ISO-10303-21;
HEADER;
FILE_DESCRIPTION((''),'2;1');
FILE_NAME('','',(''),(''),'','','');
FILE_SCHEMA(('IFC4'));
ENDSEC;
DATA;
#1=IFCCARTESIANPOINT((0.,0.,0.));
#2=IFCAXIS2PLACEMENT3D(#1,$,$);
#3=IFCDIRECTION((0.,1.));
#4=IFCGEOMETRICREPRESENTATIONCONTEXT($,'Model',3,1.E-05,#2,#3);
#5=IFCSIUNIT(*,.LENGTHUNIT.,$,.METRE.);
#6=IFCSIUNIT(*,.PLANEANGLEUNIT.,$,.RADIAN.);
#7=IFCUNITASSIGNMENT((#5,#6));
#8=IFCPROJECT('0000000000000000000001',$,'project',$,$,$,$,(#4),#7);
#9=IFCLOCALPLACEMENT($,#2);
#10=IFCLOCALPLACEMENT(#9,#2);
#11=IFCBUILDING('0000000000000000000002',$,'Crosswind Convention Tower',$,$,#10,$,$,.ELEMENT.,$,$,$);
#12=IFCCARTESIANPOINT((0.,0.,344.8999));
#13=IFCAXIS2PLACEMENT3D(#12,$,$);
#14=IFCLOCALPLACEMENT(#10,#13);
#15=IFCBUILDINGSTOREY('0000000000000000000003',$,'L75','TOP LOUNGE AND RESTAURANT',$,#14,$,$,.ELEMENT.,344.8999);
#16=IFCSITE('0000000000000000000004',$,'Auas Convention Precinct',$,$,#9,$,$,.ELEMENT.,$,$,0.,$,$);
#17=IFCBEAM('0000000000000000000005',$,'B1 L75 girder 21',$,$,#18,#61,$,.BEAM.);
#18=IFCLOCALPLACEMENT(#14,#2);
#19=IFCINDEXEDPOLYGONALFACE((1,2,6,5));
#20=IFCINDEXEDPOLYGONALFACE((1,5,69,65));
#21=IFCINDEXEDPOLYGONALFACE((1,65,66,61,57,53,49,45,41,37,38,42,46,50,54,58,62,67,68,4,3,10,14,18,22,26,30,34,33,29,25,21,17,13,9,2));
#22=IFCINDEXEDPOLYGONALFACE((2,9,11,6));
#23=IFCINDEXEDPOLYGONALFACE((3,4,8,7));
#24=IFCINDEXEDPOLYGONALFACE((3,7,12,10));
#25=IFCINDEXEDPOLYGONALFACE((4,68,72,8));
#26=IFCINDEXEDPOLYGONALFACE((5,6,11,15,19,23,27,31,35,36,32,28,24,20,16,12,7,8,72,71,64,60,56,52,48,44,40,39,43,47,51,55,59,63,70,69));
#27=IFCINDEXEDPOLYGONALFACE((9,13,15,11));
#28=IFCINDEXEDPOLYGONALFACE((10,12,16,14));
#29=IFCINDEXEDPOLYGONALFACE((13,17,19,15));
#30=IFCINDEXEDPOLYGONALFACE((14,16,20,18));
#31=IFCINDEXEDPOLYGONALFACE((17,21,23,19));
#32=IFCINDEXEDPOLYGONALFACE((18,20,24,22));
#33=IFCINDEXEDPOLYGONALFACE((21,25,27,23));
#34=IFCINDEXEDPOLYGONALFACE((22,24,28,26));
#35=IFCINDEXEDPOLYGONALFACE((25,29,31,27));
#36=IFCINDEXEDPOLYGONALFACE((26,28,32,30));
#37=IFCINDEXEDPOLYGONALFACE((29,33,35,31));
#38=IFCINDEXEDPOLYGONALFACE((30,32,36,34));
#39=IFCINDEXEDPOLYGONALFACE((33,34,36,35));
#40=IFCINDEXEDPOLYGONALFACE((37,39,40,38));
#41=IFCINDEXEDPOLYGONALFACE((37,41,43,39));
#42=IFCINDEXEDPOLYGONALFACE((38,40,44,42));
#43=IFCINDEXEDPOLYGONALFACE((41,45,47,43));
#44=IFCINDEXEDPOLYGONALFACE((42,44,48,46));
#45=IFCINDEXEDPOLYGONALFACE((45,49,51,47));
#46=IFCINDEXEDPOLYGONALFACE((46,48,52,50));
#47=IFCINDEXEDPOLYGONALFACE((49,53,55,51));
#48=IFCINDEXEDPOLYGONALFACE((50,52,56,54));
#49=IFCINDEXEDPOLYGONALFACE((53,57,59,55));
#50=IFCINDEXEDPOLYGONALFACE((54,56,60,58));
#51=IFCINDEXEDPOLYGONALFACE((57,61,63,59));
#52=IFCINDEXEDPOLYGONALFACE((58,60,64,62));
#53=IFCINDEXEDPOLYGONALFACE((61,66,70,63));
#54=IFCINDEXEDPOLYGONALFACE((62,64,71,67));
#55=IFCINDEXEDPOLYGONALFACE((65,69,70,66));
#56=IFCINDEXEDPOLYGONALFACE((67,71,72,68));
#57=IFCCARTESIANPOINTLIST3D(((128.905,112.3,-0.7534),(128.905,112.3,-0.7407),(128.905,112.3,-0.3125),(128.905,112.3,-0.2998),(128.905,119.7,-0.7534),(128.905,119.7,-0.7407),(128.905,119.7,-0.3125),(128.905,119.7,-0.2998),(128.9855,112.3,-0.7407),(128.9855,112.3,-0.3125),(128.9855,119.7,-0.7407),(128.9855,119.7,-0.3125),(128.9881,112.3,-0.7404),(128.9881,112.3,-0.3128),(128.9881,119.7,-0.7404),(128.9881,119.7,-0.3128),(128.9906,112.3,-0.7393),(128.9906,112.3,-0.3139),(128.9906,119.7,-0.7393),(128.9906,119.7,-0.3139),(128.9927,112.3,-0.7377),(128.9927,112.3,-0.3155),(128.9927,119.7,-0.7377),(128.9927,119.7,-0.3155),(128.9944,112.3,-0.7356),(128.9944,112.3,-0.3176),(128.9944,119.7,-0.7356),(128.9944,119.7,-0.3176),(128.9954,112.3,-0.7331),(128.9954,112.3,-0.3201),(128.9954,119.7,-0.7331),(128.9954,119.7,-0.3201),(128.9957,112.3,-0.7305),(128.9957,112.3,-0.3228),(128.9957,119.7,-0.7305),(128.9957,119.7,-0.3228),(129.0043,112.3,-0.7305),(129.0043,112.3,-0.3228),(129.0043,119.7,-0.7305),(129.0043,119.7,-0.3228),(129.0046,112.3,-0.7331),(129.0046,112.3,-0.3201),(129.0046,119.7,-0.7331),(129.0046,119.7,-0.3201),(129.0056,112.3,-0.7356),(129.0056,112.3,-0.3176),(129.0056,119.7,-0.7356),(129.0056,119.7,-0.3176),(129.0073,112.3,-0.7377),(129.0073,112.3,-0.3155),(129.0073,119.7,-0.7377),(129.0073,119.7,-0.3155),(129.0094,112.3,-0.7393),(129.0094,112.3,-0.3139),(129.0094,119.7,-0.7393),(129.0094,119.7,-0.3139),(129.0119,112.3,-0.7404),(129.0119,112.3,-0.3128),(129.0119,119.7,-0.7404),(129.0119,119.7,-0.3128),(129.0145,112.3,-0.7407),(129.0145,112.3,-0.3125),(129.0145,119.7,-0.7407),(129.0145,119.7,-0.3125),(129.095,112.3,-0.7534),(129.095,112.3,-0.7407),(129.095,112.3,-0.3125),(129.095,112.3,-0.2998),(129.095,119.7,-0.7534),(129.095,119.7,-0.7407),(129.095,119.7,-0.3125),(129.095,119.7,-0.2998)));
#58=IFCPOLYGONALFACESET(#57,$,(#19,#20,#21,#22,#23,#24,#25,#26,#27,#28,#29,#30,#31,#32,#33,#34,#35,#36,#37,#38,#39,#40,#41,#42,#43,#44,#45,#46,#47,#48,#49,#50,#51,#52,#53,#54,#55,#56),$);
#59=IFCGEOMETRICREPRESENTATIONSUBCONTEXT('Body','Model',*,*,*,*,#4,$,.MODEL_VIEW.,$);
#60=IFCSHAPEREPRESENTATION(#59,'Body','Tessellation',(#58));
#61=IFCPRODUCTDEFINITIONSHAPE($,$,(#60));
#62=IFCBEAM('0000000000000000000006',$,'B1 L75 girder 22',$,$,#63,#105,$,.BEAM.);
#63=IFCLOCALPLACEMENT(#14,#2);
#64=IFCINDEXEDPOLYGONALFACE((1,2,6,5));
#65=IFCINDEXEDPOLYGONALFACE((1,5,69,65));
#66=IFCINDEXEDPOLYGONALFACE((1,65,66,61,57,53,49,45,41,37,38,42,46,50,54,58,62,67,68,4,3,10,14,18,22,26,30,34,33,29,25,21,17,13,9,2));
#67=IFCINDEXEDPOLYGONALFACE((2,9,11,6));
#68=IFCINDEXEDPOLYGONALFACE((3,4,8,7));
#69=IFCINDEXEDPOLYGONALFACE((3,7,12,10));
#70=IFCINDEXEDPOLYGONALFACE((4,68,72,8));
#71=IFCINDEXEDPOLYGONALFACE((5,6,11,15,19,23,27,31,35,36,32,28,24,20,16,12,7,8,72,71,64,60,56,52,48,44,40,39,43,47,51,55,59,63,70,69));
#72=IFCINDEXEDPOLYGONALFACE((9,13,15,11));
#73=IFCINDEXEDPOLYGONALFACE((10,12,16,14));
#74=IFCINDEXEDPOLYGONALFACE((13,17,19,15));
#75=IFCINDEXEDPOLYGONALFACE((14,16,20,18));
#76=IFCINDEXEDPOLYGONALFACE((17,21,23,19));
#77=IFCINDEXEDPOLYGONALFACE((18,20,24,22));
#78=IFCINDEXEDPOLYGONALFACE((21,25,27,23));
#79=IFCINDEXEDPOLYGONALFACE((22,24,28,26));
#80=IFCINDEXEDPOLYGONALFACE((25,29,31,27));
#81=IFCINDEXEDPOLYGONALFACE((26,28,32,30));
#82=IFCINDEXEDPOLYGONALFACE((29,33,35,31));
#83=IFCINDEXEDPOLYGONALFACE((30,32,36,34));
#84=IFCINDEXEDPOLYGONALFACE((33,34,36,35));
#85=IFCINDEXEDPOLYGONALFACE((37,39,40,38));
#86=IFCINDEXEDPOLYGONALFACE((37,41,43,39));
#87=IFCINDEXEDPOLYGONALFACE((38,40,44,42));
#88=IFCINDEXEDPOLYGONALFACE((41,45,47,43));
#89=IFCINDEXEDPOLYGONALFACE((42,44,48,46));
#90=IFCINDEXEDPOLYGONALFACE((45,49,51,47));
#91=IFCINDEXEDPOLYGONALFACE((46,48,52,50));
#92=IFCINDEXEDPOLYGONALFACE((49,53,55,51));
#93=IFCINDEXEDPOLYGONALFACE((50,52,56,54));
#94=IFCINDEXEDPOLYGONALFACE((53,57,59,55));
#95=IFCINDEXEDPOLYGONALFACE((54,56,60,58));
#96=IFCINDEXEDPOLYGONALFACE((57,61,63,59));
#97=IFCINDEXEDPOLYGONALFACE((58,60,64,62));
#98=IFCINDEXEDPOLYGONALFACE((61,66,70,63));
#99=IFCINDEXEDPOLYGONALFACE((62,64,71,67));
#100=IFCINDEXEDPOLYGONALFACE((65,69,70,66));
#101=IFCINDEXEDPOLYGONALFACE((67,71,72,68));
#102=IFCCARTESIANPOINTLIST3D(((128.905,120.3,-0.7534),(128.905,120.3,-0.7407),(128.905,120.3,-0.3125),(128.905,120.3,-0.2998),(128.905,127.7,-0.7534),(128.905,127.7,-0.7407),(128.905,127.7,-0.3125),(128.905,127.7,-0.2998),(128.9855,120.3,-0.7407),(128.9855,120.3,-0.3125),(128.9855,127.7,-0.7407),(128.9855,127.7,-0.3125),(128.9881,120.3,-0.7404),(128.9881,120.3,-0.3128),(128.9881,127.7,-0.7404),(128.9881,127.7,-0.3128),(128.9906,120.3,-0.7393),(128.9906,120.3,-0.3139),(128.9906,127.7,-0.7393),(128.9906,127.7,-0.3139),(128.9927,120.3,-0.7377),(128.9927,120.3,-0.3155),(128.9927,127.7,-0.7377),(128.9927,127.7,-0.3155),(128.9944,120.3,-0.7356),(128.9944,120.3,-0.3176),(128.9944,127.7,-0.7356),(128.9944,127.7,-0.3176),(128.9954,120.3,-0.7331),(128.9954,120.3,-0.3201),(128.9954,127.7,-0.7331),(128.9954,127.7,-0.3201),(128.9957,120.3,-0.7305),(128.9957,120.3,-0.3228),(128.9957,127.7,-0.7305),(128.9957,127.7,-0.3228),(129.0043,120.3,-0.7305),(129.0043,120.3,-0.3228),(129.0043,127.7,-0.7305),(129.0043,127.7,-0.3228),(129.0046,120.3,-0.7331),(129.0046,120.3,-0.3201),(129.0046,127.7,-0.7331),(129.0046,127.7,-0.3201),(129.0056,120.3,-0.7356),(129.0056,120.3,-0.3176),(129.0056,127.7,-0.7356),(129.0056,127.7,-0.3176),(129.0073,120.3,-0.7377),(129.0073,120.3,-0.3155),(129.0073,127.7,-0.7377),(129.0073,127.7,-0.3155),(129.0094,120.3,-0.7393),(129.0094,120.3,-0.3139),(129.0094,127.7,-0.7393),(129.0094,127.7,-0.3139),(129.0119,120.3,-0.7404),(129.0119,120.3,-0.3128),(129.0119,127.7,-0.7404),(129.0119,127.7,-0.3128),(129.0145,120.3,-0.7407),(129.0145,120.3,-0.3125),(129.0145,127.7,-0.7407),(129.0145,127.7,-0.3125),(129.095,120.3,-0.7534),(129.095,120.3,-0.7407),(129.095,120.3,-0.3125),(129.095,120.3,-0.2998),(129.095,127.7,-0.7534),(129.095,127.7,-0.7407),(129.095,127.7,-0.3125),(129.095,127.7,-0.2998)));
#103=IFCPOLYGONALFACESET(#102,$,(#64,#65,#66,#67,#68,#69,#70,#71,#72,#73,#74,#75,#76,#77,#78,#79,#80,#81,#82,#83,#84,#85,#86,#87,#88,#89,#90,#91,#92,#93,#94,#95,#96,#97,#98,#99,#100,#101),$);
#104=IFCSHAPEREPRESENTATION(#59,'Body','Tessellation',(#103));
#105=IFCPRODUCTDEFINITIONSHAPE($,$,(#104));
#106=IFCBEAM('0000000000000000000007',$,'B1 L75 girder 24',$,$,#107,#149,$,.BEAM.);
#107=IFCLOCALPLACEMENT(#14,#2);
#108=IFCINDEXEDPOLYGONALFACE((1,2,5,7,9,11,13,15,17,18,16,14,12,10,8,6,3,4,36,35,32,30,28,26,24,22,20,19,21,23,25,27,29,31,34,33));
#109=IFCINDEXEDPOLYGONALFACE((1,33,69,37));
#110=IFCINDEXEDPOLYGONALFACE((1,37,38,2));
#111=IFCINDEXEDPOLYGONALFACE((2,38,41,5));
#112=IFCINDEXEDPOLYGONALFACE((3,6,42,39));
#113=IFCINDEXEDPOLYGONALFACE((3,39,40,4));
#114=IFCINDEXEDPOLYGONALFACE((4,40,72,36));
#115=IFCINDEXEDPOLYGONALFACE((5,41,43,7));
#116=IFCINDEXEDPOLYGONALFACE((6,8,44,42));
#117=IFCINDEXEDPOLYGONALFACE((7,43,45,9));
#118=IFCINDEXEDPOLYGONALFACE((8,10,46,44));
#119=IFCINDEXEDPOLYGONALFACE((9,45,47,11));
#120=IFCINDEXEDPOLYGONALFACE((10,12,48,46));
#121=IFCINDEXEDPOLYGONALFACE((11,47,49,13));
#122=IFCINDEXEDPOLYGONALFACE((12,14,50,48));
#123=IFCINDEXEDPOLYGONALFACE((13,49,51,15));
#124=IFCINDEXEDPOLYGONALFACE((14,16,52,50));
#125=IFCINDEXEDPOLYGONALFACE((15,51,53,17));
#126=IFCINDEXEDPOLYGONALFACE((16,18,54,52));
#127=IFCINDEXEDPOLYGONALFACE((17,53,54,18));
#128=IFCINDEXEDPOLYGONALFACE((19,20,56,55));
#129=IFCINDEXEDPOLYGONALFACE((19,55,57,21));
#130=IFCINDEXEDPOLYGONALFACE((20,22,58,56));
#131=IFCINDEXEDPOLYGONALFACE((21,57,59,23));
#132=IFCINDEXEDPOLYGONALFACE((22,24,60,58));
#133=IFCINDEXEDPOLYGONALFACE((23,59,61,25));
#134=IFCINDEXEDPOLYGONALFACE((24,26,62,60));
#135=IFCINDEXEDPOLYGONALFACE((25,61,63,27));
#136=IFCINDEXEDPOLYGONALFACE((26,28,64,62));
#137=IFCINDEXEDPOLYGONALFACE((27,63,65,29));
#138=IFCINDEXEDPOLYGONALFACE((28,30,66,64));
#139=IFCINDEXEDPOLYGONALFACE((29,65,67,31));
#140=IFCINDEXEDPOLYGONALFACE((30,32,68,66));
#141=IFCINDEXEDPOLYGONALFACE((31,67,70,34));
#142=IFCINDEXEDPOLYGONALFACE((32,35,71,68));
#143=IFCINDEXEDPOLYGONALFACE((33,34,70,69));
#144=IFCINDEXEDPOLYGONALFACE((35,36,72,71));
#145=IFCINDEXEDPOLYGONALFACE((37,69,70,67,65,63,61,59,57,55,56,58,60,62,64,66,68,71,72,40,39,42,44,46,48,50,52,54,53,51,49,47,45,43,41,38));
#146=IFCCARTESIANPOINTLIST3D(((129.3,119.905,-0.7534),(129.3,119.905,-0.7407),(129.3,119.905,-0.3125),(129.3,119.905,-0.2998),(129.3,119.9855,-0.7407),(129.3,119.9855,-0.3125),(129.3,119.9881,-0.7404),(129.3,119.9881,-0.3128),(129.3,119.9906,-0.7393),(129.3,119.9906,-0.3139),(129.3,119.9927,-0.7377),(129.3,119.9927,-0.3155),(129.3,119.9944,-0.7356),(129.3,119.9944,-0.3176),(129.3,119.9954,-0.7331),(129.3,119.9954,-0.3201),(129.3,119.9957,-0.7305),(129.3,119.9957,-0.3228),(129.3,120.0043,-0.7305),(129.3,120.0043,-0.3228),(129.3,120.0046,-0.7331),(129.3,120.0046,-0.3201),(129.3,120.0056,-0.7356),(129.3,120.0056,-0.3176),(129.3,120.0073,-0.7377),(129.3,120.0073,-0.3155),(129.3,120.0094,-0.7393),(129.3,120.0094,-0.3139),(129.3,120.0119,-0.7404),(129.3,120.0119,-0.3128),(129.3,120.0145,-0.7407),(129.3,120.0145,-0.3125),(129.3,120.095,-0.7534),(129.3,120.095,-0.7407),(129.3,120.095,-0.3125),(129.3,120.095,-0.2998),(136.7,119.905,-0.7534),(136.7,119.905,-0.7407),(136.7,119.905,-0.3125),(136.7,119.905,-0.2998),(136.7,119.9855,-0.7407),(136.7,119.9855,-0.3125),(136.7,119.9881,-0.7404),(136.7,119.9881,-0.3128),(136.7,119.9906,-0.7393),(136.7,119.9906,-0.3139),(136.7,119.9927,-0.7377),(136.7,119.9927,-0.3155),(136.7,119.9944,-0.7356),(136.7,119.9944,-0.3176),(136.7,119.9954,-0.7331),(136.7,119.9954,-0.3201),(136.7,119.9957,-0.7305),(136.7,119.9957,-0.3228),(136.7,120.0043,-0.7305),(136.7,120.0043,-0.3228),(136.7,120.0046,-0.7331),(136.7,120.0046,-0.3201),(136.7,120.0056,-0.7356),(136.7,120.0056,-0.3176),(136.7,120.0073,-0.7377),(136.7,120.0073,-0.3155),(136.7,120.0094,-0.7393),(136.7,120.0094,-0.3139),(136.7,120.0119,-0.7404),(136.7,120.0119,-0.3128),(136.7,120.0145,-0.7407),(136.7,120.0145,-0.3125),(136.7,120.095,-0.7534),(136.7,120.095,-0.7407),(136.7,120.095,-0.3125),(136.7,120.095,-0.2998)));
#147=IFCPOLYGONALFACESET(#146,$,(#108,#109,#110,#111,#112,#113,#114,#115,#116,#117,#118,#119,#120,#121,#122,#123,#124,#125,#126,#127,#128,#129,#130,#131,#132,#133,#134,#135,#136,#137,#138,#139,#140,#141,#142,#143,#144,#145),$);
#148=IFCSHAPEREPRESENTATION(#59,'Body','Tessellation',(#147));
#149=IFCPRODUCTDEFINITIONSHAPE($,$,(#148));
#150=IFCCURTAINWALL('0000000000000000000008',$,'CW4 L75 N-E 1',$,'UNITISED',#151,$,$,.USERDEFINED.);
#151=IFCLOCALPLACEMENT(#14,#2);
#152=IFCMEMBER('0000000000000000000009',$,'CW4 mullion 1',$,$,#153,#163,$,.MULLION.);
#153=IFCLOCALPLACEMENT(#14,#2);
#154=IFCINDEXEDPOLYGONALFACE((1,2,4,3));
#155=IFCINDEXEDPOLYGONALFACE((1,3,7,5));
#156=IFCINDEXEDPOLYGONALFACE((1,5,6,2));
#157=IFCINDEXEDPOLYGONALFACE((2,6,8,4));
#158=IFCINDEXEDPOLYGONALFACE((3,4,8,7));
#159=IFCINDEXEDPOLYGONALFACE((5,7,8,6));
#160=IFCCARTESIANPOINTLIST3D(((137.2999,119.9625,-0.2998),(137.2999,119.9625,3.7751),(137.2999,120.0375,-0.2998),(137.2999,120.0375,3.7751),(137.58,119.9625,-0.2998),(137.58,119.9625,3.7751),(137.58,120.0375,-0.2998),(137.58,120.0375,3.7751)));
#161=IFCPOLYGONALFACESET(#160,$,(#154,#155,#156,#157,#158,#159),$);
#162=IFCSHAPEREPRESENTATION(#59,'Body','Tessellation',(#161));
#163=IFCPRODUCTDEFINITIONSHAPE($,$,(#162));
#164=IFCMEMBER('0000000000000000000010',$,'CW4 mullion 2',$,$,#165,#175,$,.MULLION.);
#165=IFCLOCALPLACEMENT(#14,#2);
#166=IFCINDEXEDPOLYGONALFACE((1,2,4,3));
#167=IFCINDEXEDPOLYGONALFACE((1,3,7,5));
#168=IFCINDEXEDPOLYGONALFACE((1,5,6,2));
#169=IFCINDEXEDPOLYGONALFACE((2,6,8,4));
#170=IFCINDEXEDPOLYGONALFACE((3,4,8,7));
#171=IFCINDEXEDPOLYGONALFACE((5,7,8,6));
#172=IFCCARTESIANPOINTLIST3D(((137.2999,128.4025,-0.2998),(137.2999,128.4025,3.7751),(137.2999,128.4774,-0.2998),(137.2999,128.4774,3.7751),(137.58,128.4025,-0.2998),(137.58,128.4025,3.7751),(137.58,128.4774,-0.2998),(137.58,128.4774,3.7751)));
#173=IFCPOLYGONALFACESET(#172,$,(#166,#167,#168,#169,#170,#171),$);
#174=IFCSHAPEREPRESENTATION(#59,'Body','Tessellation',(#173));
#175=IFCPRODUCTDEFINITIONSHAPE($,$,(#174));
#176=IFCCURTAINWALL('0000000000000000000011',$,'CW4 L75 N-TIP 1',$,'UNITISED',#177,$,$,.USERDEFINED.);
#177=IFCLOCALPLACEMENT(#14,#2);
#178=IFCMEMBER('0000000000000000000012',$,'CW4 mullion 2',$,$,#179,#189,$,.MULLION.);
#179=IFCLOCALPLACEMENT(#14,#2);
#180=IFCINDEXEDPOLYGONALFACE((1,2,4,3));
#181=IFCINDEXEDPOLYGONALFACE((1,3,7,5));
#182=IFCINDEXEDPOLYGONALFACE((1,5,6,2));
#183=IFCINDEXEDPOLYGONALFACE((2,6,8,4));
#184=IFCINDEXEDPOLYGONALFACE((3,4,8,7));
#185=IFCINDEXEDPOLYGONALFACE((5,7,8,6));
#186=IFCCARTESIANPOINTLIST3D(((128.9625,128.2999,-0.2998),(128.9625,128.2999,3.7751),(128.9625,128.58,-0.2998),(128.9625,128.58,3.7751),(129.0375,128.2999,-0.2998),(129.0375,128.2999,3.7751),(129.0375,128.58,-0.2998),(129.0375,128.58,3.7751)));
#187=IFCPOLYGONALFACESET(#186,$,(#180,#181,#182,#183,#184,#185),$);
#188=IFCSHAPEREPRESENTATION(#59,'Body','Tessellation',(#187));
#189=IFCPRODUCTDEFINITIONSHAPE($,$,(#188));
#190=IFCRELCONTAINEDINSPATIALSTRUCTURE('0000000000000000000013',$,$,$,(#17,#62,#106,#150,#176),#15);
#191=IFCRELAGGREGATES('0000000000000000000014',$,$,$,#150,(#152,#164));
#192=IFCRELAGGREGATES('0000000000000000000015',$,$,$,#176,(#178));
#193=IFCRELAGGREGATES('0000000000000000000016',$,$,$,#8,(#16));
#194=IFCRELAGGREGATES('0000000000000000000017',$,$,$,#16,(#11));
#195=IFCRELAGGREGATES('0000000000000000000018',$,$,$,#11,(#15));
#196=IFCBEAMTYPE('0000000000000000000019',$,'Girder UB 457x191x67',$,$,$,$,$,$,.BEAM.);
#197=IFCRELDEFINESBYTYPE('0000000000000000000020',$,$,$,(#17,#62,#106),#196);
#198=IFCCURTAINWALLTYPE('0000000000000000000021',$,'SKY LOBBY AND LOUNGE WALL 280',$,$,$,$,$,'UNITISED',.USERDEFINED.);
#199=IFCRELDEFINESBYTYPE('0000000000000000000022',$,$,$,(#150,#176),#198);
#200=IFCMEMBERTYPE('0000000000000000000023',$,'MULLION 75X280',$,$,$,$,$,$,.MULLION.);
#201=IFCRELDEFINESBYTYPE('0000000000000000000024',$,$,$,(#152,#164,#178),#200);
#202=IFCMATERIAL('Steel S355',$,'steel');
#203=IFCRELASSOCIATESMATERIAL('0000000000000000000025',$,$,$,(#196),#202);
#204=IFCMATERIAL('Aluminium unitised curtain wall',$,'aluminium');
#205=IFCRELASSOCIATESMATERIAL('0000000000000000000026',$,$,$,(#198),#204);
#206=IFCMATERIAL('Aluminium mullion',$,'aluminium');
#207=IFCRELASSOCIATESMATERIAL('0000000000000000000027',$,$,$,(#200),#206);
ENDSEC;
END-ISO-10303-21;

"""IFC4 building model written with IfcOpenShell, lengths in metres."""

from ifc_helpers import new_model, si_unit, direction, frame, origin, origin_2d, place, context, subcontext, project, spatial, rectangle, i_section, extrude, material, material_profile, profile_set, type_object, element, aggregate, save


model = new_model("IFC4")

# Units and contexts
model_context = context("Model", 3, precision=1e-05, world=origin(), true_north=direction((0.0, 1.0)))
body_context = subcontext(model_context, "Body", "Model", "MODEL_VIEW")
ifc_project = project(units=[si_unit("LENGTHUNIT", "METRE"), si_unit("PLANEANGLEUNIT", "RADIAN")], contexts=[model_context])

# Site, building, storey
site_placement = place(None, origin())
site = spatial("IfcSite", under=ifc_project, at=site_placement, Name="Auas Convention Precinct", CompositionType="ELEMENT", RefElevation=0.0)
building_placement = place(site_placement, origin())
building = spatial("IfcBuilding", under=site, at=building_placement, Name="Crosswind Convention Tower", CompositionType="ELEMENT")
storey_placement = place(building_placement, frame((0.0, 0.0, 344.8999)))
storey = spatial("IfcBuildingStorey", under=building, at=storey_placement, Name="L75", Description="TOP LOUNGE AND RESTAURANT", CompositionType="ELEMENT", Elevation=344.8999)

# Beams
ifc_material_1 = material(Name="Steel S355", Category="steel")
ifc_material_profile_1 = material_profile(ifc_material_1, i_section(OverallWidth=0.1899, OverallDepth=0.4536, WebThickness=0.0085, FlangeThickness=0.0127, FilletRadius=0.0103, at=origin_2d()), Name="UB 457x191x67")
ifc_profile_set_1 = profile_set([ifc_material_profile_1], Name="Steel S355")
beam_type_1 = type_object("IfcBeamType", Name="Girder UB 457x191x67", PredefinedType="BEAM", material=ifc_profile_set_1)
for number, where, z_axis, x_axis, name in (
    (1, (129.0, 112.3, -0.5266), (0.0, 1.0, 0.0), (-1.0, 0.0, 0.0), "B1 L75 girder 21"),
    (2, (129.0, 120.3, -0.5266), (0.0, 1.0, 0.0), (-1.0, 0.0, 0.0), "B1 L75 girder 22"),
    (3, (129.3, 120.0, -0.5266), (1.0, 0.0, 0.0), (0.0, 1.0, 0.0), "B1 L75 girder 24"),
):
    element("IfcBeam", number, at=place(storey_placement, frame(where, z_axis=z_axis, x_axis=x_axis)), inside=storey, type_object=beam_type_1, Name=name, PredefinedType="BEAM", context=body_context, shape_type="SweptSolid", body=[
        extrude(i_section(OverallWidth=0.1899, OverallDepth=0.4536, WebThickness=0.0085, FlangeThickness=0.0127, FilletRadius=0.0103, at=origin_2d()), origin(), (0.0, 0.0, 1.0), 7.3999),
    ])

# Curtain wall, members
ifc_material_2 = material(Name="Aluminium unitised curtain wall", Category="aluminium")
curtain_wall_type = type_object("IfcCurtainWallType", Name="SKY LOBBY AND LOUNGE WALL 280", ElementType="UNITISED", PredefinedType="USERDEFINED", material=ifc_material_2)
curtain_wall_1_placement = place(storey_placement, origin())
curtain_wall_1 = element("IfcCurtainWall", 4, at=curtain_wall_1_placement, inside=storey, type_object=curtain_wall_type, Name="CW4 L75 N-E 1", ObjectType="UNITISED", PredefinedType="USERDEFINED")
ifc_material_3 = material(Name="Aluminium mullion", Category="aluminium")
ifc_material_profile_2 = material_profile(ifc_material_3, rectangle(XDim=0.28, YDim=0.075, at=origin_2d()), Name="AL 280X75")
ifc_profile_set_2 = profile_set([ifc_material_profile_2], Name="Aluminium mullion")
member_type_1 = type_object("IfcMemberType", Name="MULLION 75X280", PredefinedType="MULLION", material=ifc_profile_set_2)
member_1_placement = place(storey_placement, frame((137.4399, 120.0, -0.2998), z_axis=(0.0, 0.0, 1.0), x_axis=(1.0, 0.0, 0.0)))
member_1 = element("IfcMember", 5, at=member_1_placement, type_object=member_type_1, Name="CW4 mullion 1", PredefinedType="MULLION", context=body_context, shape_type="SweptSolid", body=[
    extrude(rectangle(XDim=0.28, YDim=0.075, at=origin_2d()), origin(), (0.0, 0.0, 1.0), 4.075),
])
member_2_placement = place(storey_placement, frame((137.4399, 128.4399, -0.2998), z_axis=(0.0, 0.0, 1.0), x_axis=(1.0, 0.0, 0.0)))
member_2 = element("IfcMember", 6, at=member_2_placement, type_object=member_type_1, Name="CW4 mullion 2", PredefinedType="MULLION", context=body_context, shape_type="SweptSolid", body=[
    extrude(rectangle(XDim=0.28, YDim=0.075, at=origin_2d()), origin(), (0.0, 0.0, 1.0), 4.075),
])

# Curtain wall, member
curtain_wall_2_placement = place(storey_placement, origin())
curtain_wall_2 = element("IfcCurtainWall", 7, at=curtain_wall_2_placement, inside=storey, type_object=curtain_wall_type, Name="CW4 L75 N-TIP 1", ObjectType="UNITISED", PredefinedType="USERDEFINED")
member_3_placement = place(storey_placement, frame((129.0, 128.4399, -0.2998), z_axis=(0.0, 0.0, 1.0), x_axis=(0.0, 1.0, 0.0)))
member_3 = element("IfcMember", 8, at=member_3_placement, type_object=member_type_1, Name="CW4 mullion 2", PredefinedType="MULLION", context=body_context, shape_type="SweptSolid", body=[
    extrude(rectangle(XDim=0.28, YDim=0.075, at=origin_2d()), origin(), (0.0, 0.0, 1.0), 4.075),
])

aggregate(curtain_wall_1, [member_1, member_2])
aggregate(curtain_wall_2, [member_3])

save(model, "model.ifc")
